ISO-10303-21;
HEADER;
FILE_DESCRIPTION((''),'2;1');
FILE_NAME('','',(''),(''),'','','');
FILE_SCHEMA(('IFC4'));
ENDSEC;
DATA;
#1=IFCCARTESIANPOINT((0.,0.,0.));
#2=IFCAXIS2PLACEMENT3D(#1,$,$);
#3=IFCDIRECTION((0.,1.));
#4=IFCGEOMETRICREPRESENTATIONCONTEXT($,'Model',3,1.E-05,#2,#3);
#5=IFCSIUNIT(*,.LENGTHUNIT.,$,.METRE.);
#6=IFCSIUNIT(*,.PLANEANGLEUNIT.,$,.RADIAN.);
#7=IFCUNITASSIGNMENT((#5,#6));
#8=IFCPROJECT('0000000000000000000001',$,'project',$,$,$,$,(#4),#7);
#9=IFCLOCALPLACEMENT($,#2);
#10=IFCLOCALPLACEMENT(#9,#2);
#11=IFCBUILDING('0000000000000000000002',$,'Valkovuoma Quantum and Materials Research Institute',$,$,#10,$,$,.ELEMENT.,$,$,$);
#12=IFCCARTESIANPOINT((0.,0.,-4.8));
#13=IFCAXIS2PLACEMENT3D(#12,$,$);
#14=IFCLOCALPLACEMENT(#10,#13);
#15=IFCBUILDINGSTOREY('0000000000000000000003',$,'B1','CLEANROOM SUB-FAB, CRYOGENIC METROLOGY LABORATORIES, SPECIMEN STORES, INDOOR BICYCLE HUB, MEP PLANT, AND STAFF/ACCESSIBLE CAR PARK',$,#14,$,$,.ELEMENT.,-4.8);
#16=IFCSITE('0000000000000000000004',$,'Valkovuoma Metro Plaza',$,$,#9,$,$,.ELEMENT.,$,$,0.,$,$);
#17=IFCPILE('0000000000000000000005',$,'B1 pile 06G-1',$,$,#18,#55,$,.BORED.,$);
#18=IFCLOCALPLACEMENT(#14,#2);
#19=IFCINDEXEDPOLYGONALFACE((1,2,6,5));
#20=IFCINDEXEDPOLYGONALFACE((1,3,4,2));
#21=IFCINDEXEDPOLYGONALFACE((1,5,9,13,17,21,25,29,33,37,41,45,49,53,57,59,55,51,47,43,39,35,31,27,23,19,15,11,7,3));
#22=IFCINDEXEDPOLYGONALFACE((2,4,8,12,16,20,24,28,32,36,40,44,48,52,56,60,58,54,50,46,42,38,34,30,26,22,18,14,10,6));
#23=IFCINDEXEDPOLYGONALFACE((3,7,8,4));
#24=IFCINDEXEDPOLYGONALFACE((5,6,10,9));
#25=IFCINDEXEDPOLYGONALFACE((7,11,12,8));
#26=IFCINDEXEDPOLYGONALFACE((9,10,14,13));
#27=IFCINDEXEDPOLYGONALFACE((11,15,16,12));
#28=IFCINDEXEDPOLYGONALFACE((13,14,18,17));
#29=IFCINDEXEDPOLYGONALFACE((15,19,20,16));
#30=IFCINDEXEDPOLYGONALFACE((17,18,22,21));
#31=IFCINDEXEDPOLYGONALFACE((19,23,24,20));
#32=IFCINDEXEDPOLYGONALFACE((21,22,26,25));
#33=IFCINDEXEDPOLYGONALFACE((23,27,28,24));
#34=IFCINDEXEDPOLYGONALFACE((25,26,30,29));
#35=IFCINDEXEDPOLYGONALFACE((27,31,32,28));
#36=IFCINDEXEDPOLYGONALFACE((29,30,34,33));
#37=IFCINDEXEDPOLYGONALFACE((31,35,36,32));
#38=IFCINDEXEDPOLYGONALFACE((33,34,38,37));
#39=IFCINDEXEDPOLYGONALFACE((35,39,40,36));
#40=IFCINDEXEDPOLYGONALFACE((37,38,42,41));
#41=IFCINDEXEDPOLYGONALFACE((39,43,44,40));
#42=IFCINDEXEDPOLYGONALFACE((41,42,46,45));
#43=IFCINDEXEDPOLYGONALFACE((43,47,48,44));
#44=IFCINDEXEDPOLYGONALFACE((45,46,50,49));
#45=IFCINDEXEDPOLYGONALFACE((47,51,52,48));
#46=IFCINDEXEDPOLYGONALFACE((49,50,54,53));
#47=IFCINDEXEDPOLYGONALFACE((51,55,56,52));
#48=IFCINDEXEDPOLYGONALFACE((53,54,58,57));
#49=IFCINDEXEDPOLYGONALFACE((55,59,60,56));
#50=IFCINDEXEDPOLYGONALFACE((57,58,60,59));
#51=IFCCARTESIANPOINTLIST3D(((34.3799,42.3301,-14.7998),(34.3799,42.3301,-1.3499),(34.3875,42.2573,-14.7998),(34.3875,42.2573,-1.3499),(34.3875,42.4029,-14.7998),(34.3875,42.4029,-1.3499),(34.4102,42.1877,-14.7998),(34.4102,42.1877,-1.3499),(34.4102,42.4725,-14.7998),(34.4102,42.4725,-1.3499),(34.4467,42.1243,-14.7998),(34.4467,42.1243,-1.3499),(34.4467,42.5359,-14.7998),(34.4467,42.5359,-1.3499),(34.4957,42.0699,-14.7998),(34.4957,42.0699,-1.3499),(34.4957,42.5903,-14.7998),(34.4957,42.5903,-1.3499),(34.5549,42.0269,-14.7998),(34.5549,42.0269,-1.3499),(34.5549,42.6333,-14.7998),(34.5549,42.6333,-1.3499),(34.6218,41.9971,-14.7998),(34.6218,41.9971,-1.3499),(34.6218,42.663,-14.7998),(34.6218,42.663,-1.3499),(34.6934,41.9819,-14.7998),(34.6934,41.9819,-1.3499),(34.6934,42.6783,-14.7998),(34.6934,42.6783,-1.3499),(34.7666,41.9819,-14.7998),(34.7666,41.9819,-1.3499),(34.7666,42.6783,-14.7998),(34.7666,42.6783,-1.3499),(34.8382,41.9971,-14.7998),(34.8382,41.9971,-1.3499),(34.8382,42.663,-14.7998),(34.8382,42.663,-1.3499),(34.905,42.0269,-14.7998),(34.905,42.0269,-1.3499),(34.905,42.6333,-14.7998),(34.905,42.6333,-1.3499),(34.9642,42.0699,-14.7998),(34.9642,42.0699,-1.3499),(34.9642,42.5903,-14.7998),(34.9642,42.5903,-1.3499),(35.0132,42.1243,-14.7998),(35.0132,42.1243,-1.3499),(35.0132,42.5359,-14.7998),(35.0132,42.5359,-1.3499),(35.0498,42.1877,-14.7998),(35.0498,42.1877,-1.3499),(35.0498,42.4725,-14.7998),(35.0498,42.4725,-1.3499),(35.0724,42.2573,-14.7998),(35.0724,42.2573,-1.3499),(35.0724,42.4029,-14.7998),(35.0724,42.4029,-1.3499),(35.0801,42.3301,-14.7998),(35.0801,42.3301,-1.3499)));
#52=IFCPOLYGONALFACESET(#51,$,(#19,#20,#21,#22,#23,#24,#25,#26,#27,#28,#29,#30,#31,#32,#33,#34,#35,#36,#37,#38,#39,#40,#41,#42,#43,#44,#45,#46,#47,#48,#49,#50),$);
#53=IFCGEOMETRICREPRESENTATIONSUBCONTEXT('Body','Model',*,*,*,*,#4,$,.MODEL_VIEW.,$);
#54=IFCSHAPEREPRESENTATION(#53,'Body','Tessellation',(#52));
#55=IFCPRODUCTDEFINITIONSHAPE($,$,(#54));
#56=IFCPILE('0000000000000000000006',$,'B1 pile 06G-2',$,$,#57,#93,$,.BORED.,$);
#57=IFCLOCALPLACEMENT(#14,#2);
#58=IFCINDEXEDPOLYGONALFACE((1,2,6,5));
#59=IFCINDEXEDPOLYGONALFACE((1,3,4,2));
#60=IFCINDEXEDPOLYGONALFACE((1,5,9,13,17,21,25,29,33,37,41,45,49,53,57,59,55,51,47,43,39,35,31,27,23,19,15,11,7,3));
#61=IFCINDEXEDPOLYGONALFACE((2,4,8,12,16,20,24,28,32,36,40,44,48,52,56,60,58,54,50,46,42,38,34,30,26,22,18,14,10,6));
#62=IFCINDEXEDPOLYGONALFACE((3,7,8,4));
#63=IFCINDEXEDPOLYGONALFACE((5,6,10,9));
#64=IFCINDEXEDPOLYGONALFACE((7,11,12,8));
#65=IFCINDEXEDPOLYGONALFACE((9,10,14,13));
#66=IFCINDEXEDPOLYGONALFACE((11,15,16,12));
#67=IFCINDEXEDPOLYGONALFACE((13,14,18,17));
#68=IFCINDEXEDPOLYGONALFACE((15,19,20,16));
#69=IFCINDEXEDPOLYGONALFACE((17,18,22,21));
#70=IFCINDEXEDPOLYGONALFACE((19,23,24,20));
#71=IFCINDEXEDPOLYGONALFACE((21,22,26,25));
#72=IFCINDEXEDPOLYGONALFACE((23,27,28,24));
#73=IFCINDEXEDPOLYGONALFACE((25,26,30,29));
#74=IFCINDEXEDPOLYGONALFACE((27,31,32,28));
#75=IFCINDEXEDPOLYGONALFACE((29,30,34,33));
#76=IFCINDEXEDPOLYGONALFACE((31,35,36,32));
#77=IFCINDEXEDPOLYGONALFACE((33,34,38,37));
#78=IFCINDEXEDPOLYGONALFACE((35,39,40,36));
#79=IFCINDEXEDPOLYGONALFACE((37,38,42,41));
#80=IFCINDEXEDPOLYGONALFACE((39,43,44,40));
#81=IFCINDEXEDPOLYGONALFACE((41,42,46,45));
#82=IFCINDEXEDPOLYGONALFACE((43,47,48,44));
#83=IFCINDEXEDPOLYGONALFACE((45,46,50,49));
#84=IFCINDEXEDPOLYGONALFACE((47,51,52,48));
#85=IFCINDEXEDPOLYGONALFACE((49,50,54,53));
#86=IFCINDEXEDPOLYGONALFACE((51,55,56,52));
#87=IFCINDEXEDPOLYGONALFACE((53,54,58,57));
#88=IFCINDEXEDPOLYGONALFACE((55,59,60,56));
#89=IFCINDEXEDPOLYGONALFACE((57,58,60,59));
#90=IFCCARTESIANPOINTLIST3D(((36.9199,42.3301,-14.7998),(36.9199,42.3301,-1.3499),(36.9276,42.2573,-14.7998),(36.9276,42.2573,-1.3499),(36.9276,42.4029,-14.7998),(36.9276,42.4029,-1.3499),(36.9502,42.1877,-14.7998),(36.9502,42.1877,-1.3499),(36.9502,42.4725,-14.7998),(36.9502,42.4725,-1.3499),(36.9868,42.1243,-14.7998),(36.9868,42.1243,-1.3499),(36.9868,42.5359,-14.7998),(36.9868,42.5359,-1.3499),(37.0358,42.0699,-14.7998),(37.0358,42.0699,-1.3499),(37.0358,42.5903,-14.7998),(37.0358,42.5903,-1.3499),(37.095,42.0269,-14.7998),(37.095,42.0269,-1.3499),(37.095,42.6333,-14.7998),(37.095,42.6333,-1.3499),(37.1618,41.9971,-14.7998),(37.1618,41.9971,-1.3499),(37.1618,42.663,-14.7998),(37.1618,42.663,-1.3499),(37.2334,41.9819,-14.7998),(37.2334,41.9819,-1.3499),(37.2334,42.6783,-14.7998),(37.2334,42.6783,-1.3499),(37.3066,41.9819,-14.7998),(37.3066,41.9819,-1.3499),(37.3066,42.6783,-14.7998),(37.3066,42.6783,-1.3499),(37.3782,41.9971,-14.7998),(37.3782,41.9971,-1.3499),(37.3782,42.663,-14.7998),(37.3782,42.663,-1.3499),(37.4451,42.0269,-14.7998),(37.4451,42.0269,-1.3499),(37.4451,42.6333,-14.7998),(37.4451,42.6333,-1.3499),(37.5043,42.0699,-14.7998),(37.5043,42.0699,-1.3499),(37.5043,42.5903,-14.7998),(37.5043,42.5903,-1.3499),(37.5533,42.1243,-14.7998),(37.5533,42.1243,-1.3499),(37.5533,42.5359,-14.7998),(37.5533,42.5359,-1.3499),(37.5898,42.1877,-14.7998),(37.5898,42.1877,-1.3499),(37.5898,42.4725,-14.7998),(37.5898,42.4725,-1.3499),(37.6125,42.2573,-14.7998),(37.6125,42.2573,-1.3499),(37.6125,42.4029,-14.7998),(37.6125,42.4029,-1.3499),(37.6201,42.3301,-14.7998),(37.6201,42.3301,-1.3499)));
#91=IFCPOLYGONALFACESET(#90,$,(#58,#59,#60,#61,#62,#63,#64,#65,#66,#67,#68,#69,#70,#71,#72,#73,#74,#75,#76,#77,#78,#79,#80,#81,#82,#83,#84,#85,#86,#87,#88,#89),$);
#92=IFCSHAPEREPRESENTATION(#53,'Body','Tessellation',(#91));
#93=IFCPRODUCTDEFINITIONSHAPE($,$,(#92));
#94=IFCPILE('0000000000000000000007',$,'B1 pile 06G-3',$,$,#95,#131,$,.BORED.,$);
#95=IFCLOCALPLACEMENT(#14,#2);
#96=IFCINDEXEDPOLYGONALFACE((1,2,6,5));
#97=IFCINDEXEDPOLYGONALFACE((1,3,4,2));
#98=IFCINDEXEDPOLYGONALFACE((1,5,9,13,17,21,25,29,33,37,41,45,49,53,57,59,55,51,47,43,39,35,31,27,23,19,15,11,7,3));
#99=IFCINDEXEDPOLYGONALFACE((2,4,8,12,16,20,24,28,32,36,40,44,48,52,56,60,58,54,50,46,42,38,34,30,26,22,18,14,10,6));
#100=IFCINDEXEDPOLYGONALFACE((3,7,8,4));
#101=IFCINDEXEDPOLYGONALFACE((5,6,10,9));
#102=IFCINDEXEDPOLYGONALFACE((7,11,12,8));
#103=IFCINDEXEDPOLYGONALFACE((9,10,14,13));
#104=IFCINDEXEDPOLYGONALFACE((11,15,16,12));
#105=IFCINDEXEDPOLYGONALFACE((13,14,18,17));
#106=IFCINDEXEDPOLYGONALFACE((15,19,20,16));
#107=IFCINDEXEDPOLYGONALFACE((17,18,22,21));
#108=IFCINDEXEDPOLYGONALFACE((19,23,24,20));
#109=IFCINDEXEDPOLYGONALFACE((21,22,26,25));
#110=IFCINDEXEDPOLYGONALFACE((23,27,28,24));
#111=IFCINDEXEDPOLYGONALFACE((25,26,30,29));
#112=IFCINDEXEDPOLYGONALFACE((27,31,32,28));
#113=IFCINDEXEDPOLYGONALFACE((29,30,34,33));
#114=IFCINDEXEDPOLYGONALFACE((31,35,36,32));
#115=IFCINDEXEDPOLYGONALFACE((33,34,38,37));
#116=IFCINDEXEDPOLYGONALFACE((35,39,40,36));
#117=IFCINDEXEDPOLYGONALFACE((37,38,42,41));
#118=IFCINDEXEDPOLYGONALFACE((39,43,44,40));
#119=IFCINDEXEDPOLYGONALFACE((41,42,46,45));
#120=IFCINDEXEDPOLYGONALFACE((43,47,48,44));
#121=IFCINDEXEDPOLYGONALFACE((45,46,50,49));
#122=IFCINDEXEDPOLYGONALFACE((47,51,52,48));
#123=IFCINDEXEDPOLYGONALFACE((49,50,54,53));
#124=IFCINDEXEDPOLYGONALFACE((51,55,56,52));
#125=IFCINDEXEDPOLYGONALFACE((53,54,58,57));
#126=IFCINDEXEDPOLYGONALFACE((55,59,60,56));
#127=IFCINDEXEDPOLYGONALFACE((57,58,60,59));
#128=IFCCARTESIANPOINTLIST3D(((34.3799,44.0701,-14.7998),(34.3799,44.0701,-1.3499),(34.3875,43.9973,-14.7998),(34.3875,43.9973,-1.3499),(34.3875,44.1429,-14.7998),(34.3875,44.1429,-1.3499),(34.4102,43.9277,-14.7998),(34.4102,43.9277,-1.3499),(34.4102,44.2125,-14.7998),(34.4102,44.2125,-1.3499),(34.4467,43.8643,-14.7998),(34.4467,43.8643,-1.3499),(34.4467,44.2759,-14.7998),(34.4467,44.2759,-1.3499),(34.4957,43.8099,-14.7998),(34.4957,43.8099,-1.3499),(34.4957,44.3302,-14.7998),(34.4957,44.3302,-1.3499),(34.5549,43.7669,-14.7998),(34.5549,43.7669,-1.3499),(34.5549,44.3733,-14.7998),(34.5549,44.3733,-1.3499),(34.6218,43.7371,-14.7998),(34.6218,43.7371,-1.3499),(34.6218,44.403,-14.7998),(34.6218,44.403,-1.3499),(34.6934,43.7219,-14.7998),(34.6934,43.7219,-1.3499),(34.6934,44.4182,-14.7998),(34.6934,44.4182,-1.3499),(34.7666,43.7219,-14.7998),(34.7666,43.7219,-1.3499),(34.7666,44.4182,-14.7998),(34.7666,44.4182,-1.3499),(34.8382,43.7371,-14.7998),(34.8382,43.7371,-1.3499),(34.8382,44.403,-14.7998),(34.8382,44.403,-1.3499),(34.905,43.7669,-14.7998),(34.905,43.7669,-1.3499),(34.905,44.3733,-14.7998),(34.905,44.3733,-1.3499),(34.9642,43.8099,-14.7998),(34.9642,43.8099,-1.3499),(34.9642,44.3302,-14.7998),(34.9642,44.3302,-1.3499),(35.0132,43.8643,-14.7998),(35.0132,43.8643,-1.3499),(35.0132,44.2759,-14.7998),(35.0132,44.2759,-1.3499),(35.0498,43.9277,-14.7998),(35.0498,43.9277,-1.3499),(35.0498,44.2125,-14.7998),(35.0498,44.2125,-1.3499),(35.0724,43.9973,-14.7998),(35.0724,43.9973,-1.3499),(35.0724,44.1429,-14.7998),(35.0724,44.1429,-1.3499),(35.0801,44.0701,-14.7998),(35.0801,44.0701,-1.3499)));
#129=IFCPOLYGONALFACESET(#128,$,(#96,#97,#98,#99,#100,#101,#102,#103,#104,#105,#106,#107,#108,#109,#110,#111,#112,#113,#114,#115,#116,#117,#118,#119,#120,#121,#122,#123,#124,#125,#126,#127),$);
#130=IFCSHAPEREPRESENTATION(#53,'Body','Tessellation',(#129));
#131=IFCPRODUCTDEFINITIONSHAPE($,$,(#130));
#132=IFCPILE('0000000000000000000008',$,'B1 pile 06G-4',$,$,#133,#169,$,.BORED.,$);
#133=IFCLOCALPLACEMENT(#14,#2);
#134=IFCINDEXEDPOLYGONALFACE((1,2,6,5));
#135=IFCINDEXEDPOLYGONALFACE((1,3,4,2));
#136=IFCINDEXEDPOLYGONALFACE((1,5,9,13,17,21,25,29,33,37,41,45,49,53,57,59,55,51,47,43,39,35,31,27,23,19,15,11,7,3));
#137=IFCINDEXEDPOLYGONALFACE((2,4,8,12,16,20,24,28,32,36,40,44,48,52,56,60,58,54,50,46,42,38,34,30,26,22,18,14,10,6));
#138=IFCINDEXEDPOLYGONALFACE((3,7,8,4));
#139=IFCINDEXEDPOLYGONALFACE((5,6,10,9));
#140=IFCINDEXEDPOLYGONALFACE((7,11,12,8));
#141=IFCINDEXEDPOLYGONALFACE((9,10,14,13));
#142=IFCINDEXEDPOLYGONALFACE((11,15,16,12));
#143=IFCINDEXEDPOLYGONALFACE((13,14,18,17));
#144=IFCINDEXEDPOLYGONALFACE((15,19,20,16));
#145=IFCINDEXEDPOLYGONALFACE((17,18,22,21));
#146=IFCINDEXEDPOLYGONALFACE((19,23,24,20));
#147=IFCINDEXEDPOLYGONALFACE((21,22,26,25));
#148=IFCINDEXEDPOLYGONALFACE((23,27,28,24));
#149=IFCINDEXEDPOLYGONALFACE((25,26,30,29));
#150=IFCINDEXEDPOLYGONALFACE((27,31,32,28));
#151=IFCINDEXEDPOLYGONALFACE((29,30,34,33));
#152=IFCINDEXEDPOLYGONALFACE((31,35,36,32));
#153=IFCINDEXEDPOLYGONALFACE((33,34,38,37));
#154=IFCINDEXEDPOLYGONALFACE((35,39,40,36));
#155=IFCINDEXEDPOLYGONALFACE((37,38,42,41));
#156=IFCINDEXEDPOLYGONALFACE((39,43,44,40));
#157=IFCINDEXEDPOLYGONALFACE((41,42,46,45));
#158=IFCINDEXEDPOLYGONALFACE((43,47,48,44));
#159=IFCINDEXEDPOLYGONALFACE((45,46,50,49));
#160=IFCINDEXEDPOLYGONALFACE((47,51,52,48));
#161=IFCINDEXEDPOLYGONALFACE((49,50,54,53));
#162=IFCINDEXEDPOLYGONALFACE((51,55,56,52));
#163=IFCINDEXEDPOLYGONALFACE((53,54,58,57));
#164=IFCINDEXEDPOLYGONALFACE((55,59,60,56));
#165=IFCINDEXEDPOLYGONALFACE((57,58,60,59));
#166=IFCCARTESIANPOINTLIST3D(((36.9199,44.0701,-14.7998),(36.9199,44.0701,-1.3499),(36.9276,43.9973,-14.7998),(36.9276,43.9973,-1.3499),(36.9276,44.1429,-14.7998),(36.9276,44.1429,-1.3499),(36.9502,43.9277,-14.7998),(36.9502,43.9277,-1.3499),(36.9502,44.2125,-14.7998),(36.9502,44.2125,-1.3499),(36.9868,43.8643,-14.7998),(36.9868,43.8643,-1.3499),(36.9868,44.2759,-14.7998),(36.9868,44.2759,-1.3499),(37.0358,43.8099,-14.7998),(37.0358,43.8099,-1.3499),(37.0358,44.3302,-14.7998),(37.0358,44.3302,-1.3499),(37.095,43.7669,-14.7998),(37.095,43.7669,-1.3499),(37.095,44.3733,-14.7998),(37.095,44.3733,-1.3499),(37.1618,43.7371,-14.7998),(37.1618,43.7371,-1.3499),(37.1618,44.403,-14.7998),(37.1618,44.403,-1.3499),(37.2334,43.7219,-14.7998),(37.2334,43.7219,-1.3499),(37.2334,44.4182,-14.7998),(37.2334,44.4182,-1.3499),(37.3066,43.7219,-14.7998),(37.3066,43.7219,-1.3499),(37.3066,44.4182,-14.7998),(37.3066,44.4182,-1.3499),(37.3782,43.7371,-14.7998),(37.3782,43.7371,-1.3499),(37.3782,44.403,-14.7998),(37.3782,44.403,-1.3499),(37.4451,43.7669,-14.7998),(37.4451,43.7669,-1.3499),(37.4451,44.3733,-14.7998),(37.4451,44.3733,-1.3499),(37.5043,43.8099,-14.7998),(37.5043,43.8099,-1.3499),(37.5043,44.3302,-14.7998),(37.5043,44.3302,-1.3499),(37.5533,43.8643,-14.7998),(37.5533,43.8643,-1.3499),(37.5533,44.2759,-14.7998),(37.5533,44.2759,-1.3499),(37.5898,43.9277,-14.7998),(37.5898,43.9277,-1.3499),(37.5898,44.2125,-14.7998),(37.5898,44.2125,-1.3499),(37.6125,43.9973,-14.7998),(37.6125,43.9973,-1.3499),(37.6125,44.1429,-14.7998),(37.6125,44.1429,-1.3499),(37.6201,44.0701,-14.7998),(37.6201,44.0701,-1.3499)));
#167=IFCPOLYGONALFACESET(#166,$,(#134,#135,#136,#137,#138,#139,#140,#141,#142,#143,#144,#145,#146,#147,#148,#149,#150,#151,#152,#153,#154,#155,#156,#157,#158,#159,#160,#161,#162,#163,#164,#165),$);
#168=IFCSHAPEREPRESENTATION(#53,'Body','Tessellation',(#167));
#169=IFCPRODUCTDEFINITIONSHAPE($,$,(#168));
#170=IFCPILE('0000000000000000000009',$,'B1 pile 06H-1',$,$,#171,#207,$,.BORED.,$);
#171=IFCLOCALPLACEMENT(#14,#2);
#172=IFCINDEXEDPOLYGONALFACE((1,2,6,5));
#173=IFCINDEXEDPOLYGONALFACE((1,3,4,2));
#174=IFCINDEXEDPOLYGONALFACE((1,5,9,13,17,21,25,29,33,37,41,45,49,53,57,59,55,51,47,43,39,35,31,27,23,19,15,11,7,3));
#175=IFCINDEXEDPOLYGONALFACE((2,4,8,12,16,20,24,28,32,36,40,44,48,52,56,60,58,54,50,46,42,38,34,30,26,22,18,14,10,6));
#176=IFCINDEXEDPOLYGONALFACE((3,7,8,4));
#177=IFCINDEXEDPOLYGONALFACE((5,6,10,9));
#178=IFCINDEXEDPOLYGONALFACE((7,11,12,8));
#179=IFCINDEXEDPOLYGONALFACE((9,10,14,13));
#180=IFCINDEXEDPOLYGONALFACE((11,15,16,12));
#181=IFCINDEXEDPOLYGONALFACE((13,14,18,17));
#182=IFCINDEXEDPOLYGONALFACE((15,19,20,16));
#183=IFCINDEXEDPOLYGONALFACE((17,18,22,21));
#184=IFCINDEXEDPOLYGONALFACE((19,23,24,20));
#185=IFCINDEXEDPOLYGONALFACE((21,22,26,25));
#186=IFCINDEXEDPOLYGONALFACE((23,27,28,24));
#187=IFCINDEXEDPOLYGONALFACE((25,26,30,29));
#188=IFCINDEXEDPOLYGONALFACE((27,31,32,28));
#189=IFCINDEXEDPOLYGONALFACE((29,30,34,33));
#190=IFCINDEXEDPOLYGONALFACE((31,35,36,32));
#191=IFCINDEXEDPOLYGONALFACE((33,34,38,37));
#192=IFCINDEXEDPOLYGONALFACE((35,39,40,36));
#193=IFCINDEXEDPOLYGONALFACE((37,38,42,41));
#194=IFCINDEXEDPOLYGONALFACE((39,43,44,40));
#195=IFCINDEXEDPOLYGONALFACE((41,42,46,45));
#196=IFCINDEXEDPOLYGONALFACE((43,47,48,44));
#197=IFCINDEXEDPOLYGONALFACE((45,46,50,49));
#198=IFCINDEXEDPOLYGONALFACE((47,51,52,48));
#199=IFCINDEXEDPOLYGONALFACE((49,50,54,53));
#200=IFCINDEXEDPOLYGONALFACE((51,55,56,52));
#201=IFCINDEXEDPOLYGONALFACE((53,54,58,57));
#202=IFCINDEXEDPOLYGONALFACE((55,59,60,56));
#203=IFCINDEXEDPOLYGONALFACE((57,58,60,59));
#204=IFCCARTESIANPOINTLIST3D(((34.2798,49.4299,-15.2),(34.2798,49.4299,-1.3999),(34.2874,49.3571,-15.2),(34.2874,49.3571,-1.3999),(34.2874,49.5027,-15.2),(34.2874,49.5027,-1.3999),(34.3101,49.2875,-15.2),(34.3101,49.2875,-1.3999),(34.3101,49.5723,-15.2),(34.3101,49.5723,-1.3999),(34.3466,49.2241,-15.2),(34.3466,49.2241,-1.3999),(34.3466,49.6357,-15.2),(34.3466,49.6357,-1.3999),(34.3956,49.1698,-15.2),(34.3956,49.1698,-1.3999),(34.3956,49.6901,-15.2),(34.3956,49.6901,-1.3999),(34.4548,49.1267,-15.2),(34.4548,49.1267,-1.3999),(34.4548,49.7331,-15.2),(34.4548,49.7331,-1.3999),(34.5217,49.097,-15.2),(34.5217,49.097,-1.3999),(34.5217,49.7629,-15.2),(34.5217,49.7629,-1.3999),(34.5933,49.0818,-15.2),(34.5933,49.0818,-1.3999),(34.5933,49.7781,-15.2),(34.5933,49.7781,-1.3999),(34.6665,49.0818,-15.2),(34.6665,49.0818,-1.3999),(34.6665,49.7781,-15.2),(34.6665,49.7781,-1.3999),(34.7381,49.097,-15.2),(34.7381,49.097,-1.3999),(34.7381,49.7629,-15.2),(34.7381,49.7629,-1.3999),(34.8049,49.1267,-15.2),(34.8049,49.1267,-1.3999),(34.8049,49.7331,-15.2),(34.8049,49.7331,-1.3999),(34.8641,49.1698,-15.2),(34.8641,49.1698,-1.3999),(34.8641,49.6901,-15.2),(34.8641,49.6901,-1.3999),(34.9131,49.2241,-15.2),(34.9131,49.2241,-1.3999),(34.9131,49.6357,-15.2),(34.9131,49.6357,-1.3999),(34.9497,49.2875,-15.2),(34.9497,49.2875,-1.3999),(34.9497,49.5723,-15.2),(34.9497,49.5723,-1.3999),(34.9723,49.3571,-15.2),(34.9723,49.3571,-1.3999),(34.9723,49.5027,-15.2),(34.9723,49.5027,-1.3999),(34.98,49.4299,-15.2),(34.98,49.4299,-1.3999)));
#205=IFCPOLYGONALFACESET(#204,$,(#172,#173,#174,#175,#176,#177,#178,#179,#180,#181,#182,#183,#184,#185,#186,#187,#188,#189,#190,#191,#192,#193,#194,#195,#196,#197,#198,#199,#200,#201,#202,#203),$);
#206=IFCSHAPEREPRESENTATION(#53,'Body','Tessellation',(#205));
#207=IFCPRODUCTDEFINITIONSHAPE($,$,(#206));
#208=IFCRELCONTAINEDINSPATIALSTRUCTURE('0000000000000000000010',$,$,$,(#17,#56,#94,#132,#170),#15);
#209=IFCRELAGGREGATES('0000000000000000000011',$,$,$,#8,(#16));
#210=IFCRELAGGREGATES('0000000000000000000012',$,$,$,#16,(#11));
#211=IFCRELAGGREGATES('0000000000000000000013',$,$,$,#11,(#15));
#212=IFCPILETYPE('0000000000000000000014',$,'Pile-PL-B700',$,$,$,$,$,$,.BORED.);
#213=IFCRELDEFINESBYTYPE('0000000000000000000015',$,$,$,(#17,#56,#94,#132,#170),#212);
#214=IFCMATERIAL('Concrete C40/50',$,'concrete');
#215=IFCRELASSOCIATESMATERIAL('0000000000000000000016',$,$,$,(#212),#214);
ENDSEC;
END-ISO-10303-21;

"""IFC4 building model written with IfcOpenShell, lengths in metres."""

from ifc_helpers import new_model, si_unit, direction, frame, origin, origin_2d, place, context, subcontext, project, spatial, circle, extrude, material, material_profile, profile_set, type_object, element, save


model = new_model("IFC4")

# Units and contexts
model_context = context("Model", 3, precision=1e-05, world=origin(), true_north=direction((0.0, 1.0)))
body_context = subcontext(model_context, "Body", "Model", "MODEL_VIEW")
ifc_project = project(units=[si_unit("LENGTHUNIT", "METRE"), si_unit("PLANEANGLEUNIT", "RADIAN")], contexts=[model_context])

# Site, building, storey
site_placement = place(None, origin())
site = spatial("IfcSite", under=ifc_project, at=site_placement, Name="Valkovuoma Metro Plaza", CompositionType="ELEMENT", RefElevation=0.0)
building_placement = place(site_placement, origin())
building = spatial("IfcBuilding", under=site, at=building_placement, Name="Valkovuoma Quantum and Materials Research Institute", CompositionType="ELEMENT")
storey_placement = place(building_placement, frame((0.0, 0.0, -4.8)))
storey = spatial("IfcBuildingStorey", under=building, at=storey_placement, Name="B1", Description="CLEANROOM SUB-FAB, CRYOGENIC METROLOGY LABORATORIES, SPECIMEN STORES, INDOOR BICYCLE HUB, MEP PLANT, AND STAFF/ACCESSIBLE CAR PARK", CompositionType="ELEMENT", Elevation=-4.8)

# Piles
ifc_material_1 = material(Name="Concrete C40/50", Category="concrete")
ifc_material_profile_1 = material_profile(ifc_material_1, circle(Radius=0.3501, at=origin_2d()), Name="Concrete C40/50")
ifc_profile_set_1 = profile_set([ifc_material_profile_1], Name="Concrete C40/50")
pile_type_1 = type_object("IfcPileType", Name="Pile-PL-B700", PredefinedType="BORED", material=ifc_profile_set_1)
for number, where, z_axis, x_axis, name in (
    (1, (34.73, 42.3301, -1.3499), (0.0, 0.0, -1.0), (1.0, 0.0, 0.0), "B1 pile 06G-1"),
    (2, (37.27, 42.3301, -1.3499), (0.0, 0.0, -1.0), (1.0, 0.0, 0.0), "B1 pile 06G-2"),
    (3, (34.73, 44.0701, -1.3499), (0.0, 0.0, -1.0), (1.0, 0.0, 0.0), "B1 pile 06G-3"),
    (4, (37.27, 44.0701, -1.3499), (0.0, 0.0, -1.0), (1.0, 0.0, 0.0), "B1 pile 06G-4"),
):
    element("IfcPile", number, at=place(storey_placement, frame(where, z_axis=z_axis, x_axis=x_axis)), inside=storey, type_object=pile_type_1, Name=name, PredefinedType="BORED", context=body_context, shape_type="SweptSolid", body=[
        extrude(circle(Radius=0.3501, at=origin_2d()), origin(), (0.0, 0.0, 1.0), 13.45),
    ])
for number, where, z_axis, x_axis, name in (
    (5, (34.6299, 49.4299, -1.3999), (0.0, 0.0, -1.0), (1.0, 0.0, 0.0), "B1 pile 06H-1"),
):
    element("IfcPile", number, at=place(storey_placement, frame(where, z_axis=z_axis, x_axis=x_axis)), inside=storey, type_object=pile_type_1, Name=name, PredefinedType="BORED", context=body_context, shape_type="SweptSolid", body=[
        extrude(circle(Radius=0.3501, at=origin_2d()), origin(), (0.0, 0.0, 1.0), 13.8),
    ])

save(model, "model.ifc")
